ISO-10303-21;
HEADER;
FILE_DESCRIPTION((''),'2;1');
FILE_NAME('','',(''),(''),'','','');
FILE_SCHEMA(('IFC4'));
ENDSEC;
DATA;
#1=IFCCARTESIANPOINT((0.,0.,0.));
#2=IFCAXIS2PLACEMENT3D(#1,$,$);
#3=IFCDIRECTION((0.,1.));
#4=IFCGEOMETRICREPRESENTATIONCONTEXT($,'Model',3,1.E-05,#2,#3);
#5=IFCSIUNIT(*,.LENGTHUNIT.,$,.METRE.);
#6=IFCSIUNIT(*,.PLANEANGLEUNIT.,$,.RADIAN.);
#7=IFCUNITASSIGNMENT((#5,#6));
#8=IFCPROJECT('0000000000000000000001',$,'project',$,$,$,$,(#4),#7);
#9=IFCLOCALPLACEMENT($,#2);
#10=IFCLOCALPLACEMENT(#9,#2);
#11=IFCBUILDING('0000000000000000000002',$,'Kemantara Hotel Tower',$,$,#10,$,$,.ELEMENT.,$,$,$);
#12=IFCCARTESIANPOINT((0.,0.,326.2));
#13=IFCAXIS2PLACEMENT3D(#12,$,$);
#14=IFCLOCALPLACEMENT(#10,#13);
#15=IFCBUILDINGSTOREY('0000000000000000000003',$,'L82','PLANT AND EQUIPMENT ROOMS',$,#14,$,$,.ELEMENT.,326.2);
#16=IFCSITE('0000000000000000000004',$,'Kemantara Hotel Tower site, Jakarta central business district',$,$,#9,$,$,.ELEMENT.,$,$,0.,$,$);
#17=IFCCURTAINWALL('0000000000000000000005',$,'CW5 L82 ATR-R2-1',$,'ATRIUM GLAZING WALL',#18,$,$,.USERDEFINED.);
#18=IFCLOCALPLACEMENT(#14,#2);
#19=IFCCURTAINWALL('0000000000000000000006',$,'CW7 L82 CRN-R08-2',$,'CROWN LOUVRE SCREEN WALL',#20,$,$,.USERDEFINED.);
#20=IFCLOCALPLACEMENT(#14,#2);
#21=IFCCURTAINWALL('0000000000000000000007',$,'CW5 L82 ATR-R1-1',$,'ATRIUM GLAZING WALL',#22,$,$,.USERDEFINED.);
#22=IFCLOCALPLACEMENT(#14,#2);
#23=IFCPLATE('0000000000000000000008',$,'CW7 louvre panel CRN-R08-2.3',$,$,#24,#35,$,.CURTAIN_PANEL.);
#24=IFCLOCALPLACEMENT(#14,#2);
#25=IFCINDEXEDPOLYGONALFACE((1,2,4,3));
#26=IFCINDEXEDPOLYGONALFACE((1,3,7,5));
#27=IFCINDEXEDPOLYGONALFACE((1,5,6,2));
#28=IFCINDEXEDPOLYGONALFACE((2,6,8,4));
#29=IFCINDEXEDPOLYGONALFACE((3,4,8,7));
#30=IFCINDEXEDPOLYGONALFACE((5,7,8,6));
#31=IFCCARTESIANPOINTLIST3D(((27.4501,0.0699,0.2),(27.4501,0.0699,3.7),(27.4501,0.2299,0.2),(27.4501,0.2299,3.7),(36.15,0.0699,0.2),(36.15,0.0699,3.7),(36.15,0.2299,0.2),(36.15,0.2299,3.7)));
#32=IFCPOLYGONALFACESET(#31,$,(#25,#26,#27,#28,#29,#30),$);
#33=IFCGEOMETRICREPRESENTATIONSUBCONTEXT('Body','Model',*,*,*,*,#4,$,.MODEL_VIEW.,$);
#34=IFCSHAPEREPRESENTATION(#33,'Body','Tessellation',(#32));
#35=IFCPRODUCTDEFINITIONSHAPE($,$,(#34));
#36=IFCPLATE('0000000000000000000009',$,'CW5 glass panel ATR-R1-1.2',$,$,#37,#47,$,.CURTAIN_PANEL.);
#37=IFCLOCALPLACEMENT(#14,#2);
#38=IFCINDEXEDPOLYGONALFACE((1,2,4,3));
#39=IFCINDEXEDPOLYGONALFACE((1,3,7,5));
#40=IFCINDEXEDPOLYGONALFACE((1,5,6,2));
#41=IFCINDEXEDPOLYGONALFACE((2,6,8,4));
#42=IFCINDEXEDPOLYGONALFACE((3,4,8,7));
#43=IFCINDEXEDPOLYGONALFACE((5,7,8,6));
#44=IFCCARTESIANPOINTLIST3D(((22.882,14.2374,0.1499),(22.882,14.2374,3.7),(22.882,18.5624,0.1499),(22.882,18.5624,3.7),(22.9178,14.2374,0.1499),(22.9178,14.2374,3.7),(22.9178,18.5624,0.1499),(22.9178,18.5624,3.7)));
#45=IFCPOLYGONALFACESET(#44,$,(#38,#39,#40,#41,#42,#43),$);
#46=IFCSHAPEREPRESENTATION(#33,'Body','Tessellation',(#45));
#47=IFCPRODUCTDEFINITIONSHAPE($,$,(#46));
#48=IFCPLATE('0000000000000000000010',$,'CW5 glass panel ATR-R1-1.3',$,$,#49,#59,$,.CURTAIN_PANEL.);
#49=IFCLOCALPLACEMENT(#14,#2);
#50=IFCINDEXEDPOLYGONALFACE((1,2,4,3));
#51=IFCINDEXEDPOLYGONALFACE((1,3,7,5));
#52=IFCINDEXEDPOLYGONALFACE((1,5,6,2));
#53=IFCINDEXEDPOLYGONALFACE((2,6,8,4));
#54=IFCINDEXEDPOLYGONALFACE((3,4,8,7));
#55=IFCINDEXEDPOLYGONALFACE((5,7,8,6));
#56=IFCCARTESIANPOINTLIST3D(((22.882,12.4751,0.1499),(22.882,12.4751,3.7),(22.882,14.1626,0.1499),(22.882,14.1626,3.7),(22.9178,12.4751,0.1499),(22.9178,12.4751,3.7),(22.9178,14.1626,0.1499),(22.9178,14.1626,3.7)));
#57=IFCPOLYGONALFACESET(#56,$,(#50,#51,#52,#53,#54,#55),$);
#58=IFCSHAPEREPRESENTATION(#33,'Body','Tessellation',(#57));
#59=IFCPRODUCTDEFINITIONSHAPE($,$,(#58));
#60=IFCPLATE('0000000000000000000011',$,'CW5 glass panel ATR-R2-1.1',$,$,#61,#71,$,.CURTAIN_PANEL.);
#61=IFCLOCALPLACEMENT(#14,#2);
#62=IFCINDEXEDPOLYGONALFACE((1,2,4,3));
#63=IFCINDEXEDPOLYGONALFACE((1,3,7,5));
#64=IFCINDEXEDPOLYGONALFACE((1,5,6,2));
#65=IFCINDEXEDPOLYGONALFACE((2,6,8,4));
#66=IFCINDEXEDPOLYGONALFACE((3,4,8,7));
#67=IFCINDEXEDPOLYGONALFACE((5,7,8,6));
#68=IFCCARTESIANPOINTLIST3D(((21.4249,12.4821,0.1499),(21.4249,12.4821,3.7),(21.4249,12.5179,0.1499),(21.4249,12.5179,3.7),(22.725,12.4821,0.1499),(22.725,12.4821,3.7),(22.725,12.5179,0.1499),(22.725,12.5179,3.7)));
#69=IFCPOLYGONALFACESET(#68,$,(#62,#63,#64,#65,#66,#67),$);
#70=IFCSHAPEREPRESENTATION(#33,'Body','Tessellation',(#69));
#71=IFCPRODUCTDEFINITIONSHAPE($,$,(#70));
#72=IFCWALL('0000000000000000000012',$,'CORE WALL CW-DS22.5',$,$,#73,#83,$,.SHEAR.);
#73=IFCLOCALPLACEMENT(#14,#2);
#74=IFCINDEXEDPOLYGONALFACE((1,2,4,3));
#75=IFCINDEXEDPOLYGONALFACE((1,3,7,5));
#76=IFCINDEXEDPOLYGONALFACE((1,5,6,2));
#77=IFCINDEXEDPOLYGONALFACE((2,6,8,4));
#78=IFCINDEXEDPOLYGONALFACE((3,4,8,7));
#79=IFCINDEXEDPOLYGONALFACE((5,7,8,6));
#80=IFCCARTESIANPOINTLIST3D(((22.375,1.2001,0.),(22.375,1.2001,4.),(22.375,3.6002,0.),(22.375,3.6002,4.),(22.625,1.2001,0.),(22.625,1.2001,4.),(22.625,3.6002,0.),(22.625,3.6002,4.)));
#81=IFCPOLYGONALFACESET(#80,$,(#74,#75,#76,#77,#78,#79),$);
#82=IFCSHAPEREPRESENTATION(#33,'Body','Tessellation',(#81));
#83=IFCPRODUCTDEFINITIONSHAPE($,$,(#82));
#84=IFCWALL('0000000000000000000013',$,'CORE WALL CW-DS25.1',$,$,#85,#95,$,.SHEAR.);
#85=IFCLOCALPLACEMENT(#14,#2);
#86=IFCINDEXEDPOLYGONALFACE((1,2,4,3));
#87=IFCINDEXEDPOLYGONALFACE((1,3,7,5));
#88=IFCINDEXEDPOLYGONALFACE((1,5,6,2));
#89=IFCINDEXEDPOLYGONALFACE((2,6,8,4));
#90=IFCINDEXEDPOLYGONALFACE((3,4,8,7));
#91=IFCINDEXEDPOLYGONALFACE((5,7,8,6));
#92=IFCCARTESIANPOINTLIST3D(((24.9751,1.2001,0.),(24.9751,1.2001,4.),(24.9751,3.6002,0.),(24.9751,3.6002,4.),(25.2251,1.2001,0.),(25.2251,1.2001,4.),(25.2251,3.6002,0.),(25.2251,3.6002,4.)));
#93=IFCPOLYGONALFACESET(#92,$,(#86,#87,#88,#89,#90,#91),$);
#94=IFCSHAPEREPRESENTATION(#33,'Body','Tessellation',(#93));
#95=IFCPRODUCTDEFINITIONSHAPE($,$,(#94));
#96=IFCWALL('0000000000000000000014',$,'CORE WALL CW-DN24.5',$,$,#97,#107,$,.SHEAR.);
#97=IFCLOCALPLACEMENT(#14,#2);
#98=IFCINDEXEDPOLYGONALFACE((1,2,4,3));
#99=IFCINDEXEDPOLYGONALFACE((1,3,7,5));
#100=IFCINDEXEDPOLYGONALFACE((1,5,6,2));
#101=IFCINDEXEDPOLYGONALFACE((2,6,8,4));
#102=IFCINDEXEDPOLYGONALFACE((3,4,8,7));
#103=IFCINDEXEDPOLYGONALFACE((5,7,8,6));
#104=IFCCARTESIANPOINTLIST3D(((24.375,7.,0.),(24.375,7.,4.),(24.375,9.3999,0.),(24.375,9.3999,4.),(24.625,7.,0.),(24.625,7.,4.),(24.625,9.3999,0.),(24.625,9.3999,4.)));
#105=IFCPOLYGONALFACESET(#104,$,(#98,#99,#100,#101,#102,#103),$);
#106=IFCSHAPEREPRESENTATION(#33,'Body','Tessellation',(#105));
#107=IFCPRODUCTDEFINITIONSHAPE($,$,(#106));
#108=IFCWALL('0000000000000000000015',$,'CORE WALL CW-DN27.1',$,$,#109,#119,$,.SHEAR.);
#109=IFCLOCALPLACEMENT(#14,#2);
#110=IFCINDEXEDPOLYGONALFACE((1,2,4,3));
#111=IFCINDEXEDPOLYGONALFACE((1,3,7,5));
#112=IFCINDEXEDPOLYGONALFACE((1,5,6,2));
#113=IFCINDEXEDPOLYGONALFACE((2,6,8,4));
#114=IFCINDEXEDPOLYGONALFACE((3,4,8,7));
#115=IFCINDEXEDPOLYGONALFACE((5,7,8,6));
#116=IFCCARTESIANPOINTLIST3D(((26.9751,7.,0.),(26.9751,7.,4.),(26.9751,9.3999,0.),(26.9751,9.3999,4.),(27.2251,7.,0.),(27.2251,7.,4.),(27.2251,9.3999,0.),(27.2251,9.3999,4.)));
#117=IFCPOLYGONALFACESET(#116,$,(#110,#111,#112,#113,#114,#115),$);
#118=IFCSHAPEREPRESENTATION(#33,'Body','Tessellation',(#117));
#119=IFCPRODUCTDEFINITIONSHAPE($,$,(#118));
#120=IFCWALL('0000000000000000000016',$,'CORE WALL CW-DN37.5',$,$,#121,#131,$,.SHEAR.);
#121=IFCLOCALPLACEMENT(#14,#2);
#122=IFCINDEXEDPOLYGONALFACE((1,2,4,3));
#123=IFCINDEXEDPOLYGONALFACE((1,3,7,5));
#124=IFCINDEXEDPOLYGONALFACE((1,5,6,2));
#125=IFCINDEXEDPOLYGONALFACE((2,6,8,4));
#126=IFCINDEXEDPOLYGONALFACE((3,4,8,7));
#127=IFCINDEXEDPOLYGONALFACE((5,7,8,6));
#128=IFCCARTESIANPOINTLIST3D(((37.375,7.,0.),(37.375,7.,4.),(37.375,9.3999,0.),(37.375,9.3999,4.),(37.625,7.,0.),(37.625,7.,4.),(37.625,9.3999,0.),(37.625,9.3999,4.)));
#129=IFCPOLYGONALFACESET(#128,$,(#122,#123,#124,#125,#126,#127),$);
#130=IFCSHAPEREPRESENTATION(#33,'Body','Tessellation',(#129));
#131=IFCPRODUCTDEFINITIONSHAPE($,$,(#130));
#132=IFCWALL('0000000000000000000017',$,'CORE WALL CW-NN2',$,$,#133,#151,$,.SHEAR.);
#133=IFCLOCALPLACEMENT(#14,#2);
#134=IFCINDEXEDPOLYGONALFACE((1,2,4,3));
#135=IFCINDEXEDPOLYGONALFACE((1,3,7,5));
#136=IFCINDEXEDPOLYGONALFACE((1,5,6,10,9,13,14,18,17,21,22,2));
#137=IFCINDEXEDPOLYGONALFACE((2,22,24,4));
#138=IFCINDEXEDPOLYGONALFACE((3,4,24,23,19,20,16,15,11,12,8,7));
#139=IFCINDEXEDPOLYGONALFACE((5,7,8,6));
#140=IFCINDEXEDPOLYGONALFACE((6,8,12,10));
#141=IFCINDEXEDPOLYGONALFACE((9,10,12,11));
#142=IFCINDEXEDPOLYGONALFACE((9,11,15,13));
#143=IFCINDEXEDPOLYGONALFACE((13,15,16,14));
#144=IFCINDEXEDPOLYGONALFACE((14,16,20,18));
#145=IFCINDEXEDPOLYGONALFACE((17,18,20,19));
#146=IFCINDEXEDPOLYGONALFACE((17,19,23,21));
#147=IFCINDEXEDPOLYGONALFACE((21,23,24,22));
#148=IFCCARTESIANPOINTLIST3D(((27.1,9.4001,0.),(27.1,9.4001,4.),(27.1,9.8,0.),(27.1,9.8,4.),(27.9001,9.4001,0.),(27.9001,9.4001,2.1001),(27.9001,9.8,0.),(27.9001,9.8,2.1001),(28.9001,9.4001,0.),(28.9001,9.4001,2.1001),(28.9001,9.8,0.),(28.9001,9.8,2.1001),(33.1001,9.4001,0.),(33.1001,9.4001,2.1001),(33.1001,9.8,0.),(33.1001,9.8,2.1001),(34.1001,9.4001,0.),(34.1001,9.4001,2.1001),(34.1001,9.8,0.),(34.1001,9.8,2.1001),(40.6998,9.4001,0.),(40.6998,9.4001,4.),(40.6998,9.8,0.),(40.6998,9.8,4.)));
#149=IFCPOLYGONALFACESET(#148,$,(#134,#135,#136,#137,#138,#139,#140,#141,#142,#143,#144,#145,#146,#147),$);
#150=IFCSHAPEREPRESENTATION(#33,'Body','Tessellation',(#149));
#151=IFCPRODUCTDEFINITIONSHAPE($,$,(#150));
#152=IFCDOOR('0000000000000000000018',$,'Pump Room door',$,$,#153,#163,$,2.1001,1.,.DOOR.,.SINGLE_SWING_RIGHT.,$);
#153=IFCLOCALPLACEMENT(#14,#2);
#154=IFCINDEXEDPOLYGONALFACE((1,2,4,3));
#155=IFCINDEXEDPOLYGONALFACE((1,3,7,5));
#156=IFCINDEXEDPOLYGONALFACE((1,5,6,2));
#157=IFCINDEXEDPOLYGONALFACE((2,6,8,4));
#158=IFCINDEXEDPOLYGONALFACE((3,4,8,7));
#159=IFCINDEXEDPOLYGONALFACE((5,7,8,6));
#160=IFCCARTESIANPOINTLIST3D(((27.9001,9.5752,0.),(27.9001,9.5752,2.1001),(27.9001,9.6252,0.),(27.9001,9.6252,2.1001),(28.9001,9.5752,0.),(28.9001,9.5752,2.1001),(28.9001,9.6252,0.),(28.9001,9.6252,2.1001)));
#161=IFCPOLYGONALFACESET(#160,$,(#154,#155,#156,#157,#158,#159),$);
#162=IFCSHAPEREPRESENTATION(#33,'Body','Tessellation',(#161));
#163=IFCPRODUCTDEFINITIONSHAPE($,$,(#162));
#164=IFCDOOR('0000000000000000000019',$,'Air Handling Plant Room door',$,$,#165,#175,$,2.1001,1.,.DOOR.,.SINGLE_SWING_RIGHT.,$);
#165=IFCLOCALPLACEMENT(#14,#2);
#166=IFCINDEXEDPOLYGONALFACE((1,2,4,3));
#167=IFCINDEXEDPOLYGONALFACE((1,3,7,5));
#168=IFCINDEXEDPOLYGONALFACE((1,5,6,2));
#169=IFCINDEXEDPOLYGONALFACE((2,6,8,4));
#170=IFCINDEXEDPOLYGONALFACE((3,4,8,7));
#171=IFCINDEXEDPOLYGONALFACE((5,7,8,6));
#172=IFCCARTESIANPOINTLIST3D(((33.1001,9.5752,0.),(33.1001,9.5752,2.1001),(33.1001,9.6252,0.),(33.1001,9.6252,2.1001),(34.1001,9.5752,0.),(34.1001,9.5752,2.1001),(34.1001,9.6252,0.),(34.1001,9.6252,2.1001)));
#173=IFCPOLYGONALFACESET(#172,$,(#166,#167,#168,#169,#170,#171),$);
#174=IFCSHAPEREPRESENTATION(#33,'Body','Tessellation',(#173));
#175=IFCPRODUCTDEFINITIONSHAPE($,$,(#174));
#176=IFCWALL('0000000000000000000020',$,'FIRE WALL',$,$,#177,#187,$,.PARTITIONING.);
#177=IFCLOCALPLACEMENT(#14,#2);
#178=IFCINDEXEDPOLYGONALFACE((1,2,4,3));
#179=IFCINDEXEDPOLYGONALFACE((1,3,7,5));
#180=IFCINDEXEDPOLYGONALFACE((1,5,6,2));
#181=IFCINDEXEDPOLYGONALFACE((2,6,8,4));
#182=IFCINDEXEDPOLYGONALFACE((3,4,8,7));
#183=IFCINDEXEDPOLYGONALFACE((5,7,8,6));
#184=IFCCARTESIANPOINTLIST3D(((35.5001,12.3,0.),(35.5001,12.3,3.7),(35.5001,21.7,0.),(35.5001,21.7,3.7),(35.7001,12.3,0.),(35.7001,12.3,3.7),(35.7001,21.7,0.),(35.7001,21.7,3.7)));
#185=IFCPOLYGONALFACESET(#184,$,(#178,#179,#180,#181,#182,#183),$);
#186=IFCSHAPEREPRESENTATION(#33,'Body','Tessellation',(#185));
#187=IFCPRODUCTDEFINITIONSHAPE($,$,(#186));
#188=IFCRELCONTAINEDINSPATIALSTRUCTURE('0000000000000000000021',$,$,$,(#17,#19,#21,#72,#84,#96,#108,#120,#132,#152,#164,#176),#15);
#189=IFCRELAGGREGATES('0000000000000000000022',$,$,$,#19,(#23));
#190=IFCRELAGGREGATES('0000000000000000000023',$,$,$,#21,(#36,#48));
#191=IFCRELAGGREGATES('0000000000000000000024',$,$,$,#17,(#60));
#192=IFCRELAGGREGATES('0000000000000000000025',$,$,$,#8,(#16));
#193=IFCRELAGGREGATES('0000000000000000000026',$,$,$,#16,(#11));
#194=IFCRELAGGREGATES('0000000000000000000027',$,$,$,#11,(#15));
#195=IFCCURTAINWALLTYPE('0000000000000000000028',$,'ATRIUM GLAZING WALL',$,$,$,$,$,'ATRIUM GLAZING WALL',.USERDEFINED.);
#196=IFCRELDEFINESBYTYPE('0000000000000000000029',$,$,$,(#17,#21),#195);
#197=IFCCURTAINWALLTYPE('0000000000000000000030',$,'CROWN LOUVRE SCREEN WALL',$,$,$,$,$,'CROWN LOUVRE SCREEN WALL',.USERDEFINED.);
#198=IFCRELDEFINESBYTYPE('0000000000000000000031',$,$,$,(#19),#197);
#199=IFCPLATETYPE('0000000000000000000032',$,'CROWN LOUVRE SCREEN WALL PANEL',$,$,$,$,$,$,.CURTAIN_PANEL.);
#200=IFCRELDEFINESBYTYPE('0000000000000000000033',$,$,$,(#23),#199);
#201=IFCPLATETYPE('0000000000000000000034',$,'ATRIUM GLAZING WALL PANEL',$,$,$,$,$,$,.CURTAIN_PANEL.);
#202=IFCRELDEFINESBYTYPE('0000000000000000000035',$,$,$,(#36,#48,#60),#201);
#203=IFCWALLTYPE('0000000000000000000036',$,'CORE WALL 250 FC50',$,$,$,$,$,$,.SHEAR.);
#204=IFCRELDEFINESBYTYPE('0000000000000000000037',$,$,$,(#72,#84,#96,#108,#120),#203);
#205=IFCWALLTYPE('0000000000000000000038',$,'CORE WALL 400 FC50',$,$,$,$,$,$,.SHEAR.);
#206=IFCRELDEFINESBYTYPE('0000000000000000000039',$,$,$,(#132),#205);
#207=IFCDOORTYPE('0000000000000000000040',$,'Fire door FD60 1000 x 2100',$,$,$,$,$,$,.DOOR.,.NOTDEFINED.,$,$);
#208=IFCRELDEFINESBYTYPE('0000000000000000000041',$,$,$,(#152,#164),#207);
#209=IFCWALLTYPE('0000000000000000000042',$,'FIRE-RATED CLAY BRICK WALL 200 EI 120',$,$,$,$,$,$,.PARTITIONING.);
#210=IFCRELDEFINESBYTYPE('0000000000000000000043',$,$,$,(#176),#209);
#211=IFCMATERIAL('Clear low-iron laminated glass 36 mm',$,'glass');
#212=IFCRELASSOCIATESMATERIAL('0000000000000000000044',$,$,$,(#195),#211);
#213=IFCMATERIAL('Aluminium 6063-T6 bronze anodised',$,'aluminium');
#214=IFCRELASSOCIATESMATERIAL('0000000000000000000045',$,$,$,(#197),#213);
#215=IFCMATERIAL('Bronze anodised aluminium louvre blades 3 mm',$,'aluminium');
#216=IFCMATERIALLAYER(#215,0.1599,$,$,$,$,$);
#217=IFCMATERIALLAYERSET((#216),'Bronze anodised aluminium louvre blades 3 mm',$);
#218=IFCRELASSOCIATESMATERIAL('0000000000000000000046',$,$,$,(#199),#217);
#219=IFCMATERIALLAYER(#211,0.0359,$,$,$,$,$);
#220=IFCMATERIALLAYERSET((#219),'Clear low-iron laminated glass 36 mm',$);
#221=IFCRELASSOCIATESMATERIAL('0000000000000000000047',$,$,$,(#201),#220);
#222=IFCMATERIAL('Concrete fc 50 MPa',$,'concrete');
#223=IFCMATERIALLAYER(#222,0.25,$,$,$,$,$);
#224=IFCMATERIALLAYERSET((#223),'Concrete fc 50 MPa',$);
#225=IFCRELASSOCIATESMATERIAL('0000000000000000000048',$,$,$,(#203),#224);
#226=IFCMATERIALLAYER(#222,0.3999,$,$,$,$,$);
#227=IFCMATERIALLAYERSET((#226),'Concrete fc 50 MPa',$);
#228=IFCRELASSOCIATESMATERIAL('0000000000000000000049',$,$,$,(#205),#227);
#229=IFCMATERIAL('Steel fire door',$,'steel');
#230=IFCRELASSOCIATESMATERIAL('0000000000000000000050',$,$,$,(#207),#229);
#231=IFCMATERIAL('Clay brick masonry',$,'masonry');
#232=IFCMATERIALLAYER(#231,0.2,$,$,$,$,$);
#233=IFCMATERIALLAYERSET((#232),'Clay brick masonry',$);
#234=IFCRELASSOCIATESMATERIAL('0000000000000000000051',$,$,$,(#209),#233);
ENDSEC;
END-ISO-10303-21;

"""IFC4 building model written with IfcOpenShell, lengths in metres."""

from ifc_helpers import new_model, si_unit, direction, frame, frame_2d, origin, origin_2d, place, context, subcontext, project, spatial, rectangle, extrude, source, transform, mapped, material, layer, layer_set, type_object, element, fill, aggregate, save


model = new_model("IFC4")

# Units and contexts
model_context = context("Model", 3, precision=1e-05, world=origin(), true_north=direction((0.0, 1.0)))
body_context = subcontext(model_context, "Body", "Model", "MODEL_VIEW")
ifc_project = project(units=[si_unit("LENGTHUNIT", "METRE"), si_unit("PLANEANGLEUNIT", "RADIAN")], contexts=[model_context])

# Site, building, storey
site_placement = place(None, origin())
site = spatial("IfcSite", under=ifc_project, at=site_placement, Name="Kemantara Hotel Tower site, Jakarta central business district", CompositionType="ELEMENT", RefElevation=0.0)
building_placement = place(site_placement, origin())
building = spatial("IfcBuilding", under=site, at=building_placement, Name="Kemantara Hotel Tower", CompositionType="ELEMENT")
storey_placement = place(building_placement, frame((0.0, 0.0, 326.2)))
storey = spatial("IfcBuildingStorey", under=building, at=storey_placement, Name="L82", Description="PLANT AND EQUIPMENT ROOMS", CompositionType="ELEMENT", Elevation=326.2)

# Shared definitions
ifc_material_1 = material(Name="Concrete fc 50 MPa", Category="concrete")

# Curtain wall
ifc_material_2 = material(Name="Clear low-iron laminated glass 36 mm", Category="glass")
curtain_wall_type_1 = type_object("IfcCurtainWallType", Name="ATRIUM GLAZING WALL", ElementType="ATRIUM GLAZING WALL", PredefinedType="USERDEFINED", material=ifc_material_2)
curtain_wall_1_placement = place(storey_placement, origin())
curtain_wall_1 = element("IfcCurtainWall", 1, at=curtain_wall_1_placement, inside=storey, type_object=curtain_wall_type_1, Name="CW5 L82 ATR-R2-1", ObjectType="ATRIUM GLAZING WALL", PredefinedType="USERDEFINED")
ifc_material_3 = material(Name="Aluminium 6063-T6 bronze anodised", Category="aluminium")

# Curtain walls
curtain_wall_type_2 = type_object("IfcCurtainWallType", Name="CROWN LOUVRE SCREEN WALL", ElementType="CROWN LOUVRE SCREEN WALL", PredefinedType="USERDEFINED", material=ifc_material_3)
curtain_wall_2_placement = place(storey_placement, origin())
curtain_wall_2 = element("IfcCurtainWall", 2, at=curtain_wall_2_placement, inside=storey, type_object=curtain_wall_type_2, Name="CW7 L82 CRN-R08-2", ObjectType="CROWN LOUVRE SCREEN WALL", PredefinedType="USERDEFINED")
curtain_wall_3_placement = place(storey_placement, origin())
curtain_wall_3 = element("IfcCurtainWall", 3, at=curtain_wall_3_placement, inside=storey, type_object=curtain_wall_type_1, Name="CW5 L82 ATR-R1-1", ObjectType="ATRIUM GLAZING WALL", PredefinedType="USERDEFINED")

# Plates
ifc_material_4 = material(Name="Bronze anodised aluminium louvre blades 3 mm", Category="aluminium")
ifc_layer_1 = layer(ifc_material_4, 0.1599)
ifc_layer_set_1 = layer_set([ifc_layer_1], Name="Bronze anodised aluminium louvre blades 3 mm")
plate_type_1 = type_object("IfcPlateType", Name="CROWN LOUVRE SCREEN WALL PANEL", PredefinedType="CURTAIN_PANEL", material=ifc_layer_set_1)
shared_shape_1 = source(origin(), body_context, "Body", "SweptSolid", [
    extrude(rectangle(XDim=8.7, YDim=0.1599, at=origin_2d()), origin(), (0.0, 0.0, 1.0), 3.5),
])
plate_1_placement = place(storey_placement, frame((31.8, 0.1499, 0.2), z_axis=(0.0, 0.0, 1.0), x_axis=(1.0, 0.0, 0.0)))
plate_1 = element("IfcPlate", 4, at=plate_1_placement, type_object=plate_type_1, Name="CW7 louvre panel CRN-R08-2.3", PredefinedType="CURTAIN_PANEL", context=body_context, shape_type="MappedRepresentation", body=[
    mapped(shared_shape_1, transform((0.0, 0.0, 0.0))),
])
aggregate(curtain_wall_2, [plate_1])
ifc_layer_2 = layer(ifc_material_2, 0.0359)
ifc_layer_set_2 = layer_set([ifc_layer_2], Name="Clear low-iron laminated glass 36 mm")
plate_type_2 = type_object("IfcPlateType", Name="ATRIUM GLAZING WALL PANEL", PredefinedType="CURTAIN_PANEL", material=ifc_layer_set_2)
shared_shape_2 = source(origin(), body_context, "Body", "SweptSolid", [
    extrude(rectangle(XDim=4.325, YDim=0.0359, at=origin_2d()), origin(), (0.0, 0.0, 1.0), 3.55),
])
plate_2_placement = place(storey_placement, frame((22.8999, 16.3999, 0.1499), z_axis=(0.0, 0.0, 1.0), x_axis=(0.0, -1.0, 0.0)))
plate_2 = element("IfcPlate", 5, at=plate_2_placement, type_object=plate_type_2, Name="CW5 glass panel ATR-R1-1.2", PredefinedType="CURTAIN_PANEL", context=body_context, shape_type="MappedRepresentation", body=[
    mapped(shared_shape_2, transform((0.0, 0.0, 0.0))),
])
shared_shape_3 = source(origin(), body_context, "Body", "SweptSolid", [
    extrude(rectangle(XDim=1.6875, YDim=0.0359, at=origin_2d()), origin(), (0.0, 0.0, 1.0), 3.55),
])
plate_3_placement = place(storey_placement, frame((22.8999, 13.3188, 0.1499), z_axis=(0.0, 0.0, 1.0), x_axis=(0.0, -1.0, 0.0)))
plate_3 = element("IfcPlate", 6, at=plate_3_placement, type_object=plate_type_2, Name="CW5 glass panel ATR-R1-1.3", PredefinedType="CURTAIN_PANEL", context=body_context, shape_type="MappedRepresentation", body=[
    mapped(shared_shape_3, transform((0.0, 0.0, 0.0))),
])
aggregate(curtain_wall_3, [plate_2, plate_3])
shared_shape_4 = source(origin(), body_context, "Body", "SweptSolid", [
    extrude(rectangle(XDim=1.3, YDim=0.0359, at=origin_2d()), origin(), (0.0, 0.0, 1.0), 3.55),
])
plate_4_placement = place(storey_placement, frame((22.075, 12.5, 0.1499), z_axis=(0.0, 0.0, 1.0), x_axis=(-1.0, 0.0, 0.0)))
plate_4 = element("IfcPlate", 7, at=plate_4_placement, type_object=plate_type_2, Name="CW5 glass panel ATR-R2-1.1", PredefinedType="CURTAIN_PANEL", context=body_context, shape_type="MappedRepresentation", body=[
    mapped(shared_shape_4, transform((0.0, 0.0, 0.0))),
])
aggregate(curtain_wall_1, [plate_4])

# Walls
ifc_layer_3 = layer(ifc_material_1, 0.25)
ifc_layer_set_3 = layer_set([ifc_layer_3], Name="Concrete fc 50 MPa")
wall_type_1 = type_object("IfcWallType", Name="CORE WALL 250 FC50", PredefinedType="SHEAR", material=ifc_layer_set_3)
for number, where, z_axis, x_axis, name in (
    (8, (22.5, 1.2, 0.0), (0.0, 0.0, 1.0), (0.0, 1.0, 0.0), "CORE WALL CW-DS22.5"),
    (9, (25.1001, 1.2, 0.0), (0.0, 0.0, 1.0), (0.0, 1.0, 0.0), "CORE WALL CW-DS25.1"),
):
    element("IfcWall", number, at=place(storey_placement, frame(where, z_axis=z_axis, x_axis=x_axis)), inside=storey, type_object=wall_type_1, Name=name, PredefinedType="SHEAR", context=body_context, shape_type="SweptSolid", body=[
        extrude(rectangle(XDim=2.4001, YDim=0.25, at=frame_2d((1.2002, 0.0))), origin(), (0.0, 0.0, 1.0), 4.0),
    ])
for number, where, z_axis, x_axis, name in (
    (10, (24.5, 7.0, 0.0), (0.0, 0.0, 1.0), (0.0, 1.0, 0.0), "CORE WALL CW-DN24.5"),
    (11, (27.1001, 7.0, 0.0), (0.0, 0.0, 1.0), (0.0, 1.0, 0.0), "CORE WALL CW-DN27.1"),
    (12, (37.5, 7.0, 0.0), (0.0, 0.0, 1.0), (0.0, 1.0, 0.0), "CORE WALL CW-DN37.5"),
):
    element("IfcWall", number, at=place(storey_placement, frame(where, z_axis=z_axis, x_axis=x_axis)), inside=storey, type_object=wall_type_1, Name=name, PredefinedType="SHEAR", context=body_context, shape_type="SweptSolid", body=[
        extrude(rectangle(XDim=2.3999, YDim=0.25, at=frame_2d((1.2, 0.0))), origin(), (0.0, 0.0, 1.0), 4.0),
    ])

# Wall, openings, doors
ifc_layer_4 = layer(ifc_material_1, 0.3999)
ifc_layer_set_4 = layer_set([ifc_layer_4], Name="Concrete fc 50 MPa")
wall_type_2 = type_object("IfcWallType", Name="CORE WALL 400 FC50", PredefinedType="SHEAR", material=ifc_layer_set_4)
wall_1_placement = place(storey_placement, frame((27.1001, 9.6001, 0.0), z_axis=(0.0, 0.0, 1.0), x_axis=(1.0, 0.0, 0.0)))
wall_1 = element("IfcWall", 13, at=wall_1_placement, inside=storey, type_object=wall_type_2, Name="CORE WALL CW-NN2", PredefinedType="SHEAR", context=body_context, shape_type="SweptSolid", body=[
    extrude(rectangle(XDim=13.5999, YDim=0.3999, at=frame_2d((6.7998, 0.0))), origin(), (0.0, 0.0, 1.0), 4.0),
])
opening_1_placement = place(wall_1_placement, frame((0.8, 0.0, 0.0)))
opening_1 = element("IfcOpeningElement", 14, at=opening_1_placement, cuts=wall_1, PredefinedType="OPENING", context=body_context, shape_type="SweptSolid", body=[
    extrude(rectangle(XDim=1.0, YDim=2.1001, at=frame_2d((0.5, 1.05))), frame((0.0, 0.21, 0.0), z_axis=(0.0, -1.0, 0.0), x_axis=(1.0, 0.0, 0.0)), (0.0, 0.0, 1.0), 0.4199),
])
opening_2_placement = place(wall_1_placement, frame((6.0, 0.0, 0.0)))
opening_2 = element("IfcOpeningElement", 15, at=opening_2_placement, cuts=wall_1, PredefinedType="OPENING", context=body_context, shape_type="SweptSolid", body=[
    extrude(rectangle(XDim=1.0, YDim=2.1001, at=frame_2d((0.5, 1.05))), frame((0.0, 0.21, 0.0), z_axis=(0.0, -1.0, 0.0), x_axis=(1.0, 0.0, 0.0)), (0.0, 0.0, 1.0), 0.4199),
])
ifc_material_5 = material(Name="Steel fire door", Category="steel")
door_type_1 = type_object("IfcDoorType", Name="Fire door FD60 1000 x 2100", OperationType="NOTDEFINED", PredefinedType="DOOR", material=ifc_material_5)
door_1_placement = place(opening_1_placement, frame((1.0, 0.0, 0.0), z_axis=(0.0, 0.0, 1.0), x_axis=(-1.0, 0.0, 0.0)))
door_1 = element("IfcDoor", 16, at=door_1_placement, inside=storey, type_object=door_type_1, Name="Pump Room door", OperationType="SINGLE_SWING_RIGHT", OverallHeight=2.1001, OverallWidth=1.0, PredefinedType="DOOR", context=body_context, shape_type="SweptSolid", body=[
    extrude(rectangle(XDim=1.0, YDim=2.1001, at=frame_2d((0.5, 1.05))), frame((0.0, 0.0249, 0.0), z_axis=(0.0, -1.0, 0.0), x_axis=(1.0, 0.0, 0.0)), (0.0, 0.0, 1.0), 0.05),
])
fill(opening_1, door_1)
door_2_placement = place(opening_2_placement, frame((1.0, 0.0, 0.0), z_axis=(0.0, 0.0, 1.0), x_axis=(-1.0, 0.0, 0.0)))
door_2 = element("IfcDoor", 17, at=door_2_placement, inside=storey, type_object=door_type_1, Name="Air Handling Plant Room door", OperationType="SINGLE_SWING_RIGHT", OverallHeight=2.1001, OverallWidth=1.0, PredefinedType="DOOR", context=body_context, shape_type="SweptSolid", body=[
    extrude(rectangle(XDim=1.0, YDim=2.1001, at=frame_2d((0.5, 1.05))), frame((0.0, 0.0249, 0.0), z_axis=(0.0, -1.0, 0.0), x_axis=(1.0, 0.0, 0.0)), (0.0, 0.0, 1.0), 0.05),
])
fill(opening_2, door_2)

# Wall
ifc_material_6 = material(Name="Clay brick masonry", Category="masonry")
ifc_layer_5 = layer(ifc_material_6, 0.2)
ifc_layer_set_5 = layer_set([ifc_layer_5], Name="Clay brick masonry")
wall_type_3 = type_object("IfcWallType", Name="FIRE-RATED CLAY BRICK WALL 200 EI 120", PredefinedType="PARTITIONING", material=ifc_layer_set_5)
wall_2_placement = place(storey_placement, frame((35.6001, 12.3, 0.0), z_axis=(0.0, 0.0, 1.0), x_axis=(0.0, 1.0, 0.0)))
element("IfcWall", 18, at=wall_2_placement, inside=storey, type_object=wall_type_3, Name="FIRE WALL", PredefinedType="PARTITIONING", context=body_context, shape_type="SweptSolid", body=[
    extrude(rectangle(XDim=9.3999, YDim=0.2, at=frame_2d((4.7, 0.0))), origin(), (0.0, 0.0, 1.0), 3.7),
])

save(model, "model.ifc")
